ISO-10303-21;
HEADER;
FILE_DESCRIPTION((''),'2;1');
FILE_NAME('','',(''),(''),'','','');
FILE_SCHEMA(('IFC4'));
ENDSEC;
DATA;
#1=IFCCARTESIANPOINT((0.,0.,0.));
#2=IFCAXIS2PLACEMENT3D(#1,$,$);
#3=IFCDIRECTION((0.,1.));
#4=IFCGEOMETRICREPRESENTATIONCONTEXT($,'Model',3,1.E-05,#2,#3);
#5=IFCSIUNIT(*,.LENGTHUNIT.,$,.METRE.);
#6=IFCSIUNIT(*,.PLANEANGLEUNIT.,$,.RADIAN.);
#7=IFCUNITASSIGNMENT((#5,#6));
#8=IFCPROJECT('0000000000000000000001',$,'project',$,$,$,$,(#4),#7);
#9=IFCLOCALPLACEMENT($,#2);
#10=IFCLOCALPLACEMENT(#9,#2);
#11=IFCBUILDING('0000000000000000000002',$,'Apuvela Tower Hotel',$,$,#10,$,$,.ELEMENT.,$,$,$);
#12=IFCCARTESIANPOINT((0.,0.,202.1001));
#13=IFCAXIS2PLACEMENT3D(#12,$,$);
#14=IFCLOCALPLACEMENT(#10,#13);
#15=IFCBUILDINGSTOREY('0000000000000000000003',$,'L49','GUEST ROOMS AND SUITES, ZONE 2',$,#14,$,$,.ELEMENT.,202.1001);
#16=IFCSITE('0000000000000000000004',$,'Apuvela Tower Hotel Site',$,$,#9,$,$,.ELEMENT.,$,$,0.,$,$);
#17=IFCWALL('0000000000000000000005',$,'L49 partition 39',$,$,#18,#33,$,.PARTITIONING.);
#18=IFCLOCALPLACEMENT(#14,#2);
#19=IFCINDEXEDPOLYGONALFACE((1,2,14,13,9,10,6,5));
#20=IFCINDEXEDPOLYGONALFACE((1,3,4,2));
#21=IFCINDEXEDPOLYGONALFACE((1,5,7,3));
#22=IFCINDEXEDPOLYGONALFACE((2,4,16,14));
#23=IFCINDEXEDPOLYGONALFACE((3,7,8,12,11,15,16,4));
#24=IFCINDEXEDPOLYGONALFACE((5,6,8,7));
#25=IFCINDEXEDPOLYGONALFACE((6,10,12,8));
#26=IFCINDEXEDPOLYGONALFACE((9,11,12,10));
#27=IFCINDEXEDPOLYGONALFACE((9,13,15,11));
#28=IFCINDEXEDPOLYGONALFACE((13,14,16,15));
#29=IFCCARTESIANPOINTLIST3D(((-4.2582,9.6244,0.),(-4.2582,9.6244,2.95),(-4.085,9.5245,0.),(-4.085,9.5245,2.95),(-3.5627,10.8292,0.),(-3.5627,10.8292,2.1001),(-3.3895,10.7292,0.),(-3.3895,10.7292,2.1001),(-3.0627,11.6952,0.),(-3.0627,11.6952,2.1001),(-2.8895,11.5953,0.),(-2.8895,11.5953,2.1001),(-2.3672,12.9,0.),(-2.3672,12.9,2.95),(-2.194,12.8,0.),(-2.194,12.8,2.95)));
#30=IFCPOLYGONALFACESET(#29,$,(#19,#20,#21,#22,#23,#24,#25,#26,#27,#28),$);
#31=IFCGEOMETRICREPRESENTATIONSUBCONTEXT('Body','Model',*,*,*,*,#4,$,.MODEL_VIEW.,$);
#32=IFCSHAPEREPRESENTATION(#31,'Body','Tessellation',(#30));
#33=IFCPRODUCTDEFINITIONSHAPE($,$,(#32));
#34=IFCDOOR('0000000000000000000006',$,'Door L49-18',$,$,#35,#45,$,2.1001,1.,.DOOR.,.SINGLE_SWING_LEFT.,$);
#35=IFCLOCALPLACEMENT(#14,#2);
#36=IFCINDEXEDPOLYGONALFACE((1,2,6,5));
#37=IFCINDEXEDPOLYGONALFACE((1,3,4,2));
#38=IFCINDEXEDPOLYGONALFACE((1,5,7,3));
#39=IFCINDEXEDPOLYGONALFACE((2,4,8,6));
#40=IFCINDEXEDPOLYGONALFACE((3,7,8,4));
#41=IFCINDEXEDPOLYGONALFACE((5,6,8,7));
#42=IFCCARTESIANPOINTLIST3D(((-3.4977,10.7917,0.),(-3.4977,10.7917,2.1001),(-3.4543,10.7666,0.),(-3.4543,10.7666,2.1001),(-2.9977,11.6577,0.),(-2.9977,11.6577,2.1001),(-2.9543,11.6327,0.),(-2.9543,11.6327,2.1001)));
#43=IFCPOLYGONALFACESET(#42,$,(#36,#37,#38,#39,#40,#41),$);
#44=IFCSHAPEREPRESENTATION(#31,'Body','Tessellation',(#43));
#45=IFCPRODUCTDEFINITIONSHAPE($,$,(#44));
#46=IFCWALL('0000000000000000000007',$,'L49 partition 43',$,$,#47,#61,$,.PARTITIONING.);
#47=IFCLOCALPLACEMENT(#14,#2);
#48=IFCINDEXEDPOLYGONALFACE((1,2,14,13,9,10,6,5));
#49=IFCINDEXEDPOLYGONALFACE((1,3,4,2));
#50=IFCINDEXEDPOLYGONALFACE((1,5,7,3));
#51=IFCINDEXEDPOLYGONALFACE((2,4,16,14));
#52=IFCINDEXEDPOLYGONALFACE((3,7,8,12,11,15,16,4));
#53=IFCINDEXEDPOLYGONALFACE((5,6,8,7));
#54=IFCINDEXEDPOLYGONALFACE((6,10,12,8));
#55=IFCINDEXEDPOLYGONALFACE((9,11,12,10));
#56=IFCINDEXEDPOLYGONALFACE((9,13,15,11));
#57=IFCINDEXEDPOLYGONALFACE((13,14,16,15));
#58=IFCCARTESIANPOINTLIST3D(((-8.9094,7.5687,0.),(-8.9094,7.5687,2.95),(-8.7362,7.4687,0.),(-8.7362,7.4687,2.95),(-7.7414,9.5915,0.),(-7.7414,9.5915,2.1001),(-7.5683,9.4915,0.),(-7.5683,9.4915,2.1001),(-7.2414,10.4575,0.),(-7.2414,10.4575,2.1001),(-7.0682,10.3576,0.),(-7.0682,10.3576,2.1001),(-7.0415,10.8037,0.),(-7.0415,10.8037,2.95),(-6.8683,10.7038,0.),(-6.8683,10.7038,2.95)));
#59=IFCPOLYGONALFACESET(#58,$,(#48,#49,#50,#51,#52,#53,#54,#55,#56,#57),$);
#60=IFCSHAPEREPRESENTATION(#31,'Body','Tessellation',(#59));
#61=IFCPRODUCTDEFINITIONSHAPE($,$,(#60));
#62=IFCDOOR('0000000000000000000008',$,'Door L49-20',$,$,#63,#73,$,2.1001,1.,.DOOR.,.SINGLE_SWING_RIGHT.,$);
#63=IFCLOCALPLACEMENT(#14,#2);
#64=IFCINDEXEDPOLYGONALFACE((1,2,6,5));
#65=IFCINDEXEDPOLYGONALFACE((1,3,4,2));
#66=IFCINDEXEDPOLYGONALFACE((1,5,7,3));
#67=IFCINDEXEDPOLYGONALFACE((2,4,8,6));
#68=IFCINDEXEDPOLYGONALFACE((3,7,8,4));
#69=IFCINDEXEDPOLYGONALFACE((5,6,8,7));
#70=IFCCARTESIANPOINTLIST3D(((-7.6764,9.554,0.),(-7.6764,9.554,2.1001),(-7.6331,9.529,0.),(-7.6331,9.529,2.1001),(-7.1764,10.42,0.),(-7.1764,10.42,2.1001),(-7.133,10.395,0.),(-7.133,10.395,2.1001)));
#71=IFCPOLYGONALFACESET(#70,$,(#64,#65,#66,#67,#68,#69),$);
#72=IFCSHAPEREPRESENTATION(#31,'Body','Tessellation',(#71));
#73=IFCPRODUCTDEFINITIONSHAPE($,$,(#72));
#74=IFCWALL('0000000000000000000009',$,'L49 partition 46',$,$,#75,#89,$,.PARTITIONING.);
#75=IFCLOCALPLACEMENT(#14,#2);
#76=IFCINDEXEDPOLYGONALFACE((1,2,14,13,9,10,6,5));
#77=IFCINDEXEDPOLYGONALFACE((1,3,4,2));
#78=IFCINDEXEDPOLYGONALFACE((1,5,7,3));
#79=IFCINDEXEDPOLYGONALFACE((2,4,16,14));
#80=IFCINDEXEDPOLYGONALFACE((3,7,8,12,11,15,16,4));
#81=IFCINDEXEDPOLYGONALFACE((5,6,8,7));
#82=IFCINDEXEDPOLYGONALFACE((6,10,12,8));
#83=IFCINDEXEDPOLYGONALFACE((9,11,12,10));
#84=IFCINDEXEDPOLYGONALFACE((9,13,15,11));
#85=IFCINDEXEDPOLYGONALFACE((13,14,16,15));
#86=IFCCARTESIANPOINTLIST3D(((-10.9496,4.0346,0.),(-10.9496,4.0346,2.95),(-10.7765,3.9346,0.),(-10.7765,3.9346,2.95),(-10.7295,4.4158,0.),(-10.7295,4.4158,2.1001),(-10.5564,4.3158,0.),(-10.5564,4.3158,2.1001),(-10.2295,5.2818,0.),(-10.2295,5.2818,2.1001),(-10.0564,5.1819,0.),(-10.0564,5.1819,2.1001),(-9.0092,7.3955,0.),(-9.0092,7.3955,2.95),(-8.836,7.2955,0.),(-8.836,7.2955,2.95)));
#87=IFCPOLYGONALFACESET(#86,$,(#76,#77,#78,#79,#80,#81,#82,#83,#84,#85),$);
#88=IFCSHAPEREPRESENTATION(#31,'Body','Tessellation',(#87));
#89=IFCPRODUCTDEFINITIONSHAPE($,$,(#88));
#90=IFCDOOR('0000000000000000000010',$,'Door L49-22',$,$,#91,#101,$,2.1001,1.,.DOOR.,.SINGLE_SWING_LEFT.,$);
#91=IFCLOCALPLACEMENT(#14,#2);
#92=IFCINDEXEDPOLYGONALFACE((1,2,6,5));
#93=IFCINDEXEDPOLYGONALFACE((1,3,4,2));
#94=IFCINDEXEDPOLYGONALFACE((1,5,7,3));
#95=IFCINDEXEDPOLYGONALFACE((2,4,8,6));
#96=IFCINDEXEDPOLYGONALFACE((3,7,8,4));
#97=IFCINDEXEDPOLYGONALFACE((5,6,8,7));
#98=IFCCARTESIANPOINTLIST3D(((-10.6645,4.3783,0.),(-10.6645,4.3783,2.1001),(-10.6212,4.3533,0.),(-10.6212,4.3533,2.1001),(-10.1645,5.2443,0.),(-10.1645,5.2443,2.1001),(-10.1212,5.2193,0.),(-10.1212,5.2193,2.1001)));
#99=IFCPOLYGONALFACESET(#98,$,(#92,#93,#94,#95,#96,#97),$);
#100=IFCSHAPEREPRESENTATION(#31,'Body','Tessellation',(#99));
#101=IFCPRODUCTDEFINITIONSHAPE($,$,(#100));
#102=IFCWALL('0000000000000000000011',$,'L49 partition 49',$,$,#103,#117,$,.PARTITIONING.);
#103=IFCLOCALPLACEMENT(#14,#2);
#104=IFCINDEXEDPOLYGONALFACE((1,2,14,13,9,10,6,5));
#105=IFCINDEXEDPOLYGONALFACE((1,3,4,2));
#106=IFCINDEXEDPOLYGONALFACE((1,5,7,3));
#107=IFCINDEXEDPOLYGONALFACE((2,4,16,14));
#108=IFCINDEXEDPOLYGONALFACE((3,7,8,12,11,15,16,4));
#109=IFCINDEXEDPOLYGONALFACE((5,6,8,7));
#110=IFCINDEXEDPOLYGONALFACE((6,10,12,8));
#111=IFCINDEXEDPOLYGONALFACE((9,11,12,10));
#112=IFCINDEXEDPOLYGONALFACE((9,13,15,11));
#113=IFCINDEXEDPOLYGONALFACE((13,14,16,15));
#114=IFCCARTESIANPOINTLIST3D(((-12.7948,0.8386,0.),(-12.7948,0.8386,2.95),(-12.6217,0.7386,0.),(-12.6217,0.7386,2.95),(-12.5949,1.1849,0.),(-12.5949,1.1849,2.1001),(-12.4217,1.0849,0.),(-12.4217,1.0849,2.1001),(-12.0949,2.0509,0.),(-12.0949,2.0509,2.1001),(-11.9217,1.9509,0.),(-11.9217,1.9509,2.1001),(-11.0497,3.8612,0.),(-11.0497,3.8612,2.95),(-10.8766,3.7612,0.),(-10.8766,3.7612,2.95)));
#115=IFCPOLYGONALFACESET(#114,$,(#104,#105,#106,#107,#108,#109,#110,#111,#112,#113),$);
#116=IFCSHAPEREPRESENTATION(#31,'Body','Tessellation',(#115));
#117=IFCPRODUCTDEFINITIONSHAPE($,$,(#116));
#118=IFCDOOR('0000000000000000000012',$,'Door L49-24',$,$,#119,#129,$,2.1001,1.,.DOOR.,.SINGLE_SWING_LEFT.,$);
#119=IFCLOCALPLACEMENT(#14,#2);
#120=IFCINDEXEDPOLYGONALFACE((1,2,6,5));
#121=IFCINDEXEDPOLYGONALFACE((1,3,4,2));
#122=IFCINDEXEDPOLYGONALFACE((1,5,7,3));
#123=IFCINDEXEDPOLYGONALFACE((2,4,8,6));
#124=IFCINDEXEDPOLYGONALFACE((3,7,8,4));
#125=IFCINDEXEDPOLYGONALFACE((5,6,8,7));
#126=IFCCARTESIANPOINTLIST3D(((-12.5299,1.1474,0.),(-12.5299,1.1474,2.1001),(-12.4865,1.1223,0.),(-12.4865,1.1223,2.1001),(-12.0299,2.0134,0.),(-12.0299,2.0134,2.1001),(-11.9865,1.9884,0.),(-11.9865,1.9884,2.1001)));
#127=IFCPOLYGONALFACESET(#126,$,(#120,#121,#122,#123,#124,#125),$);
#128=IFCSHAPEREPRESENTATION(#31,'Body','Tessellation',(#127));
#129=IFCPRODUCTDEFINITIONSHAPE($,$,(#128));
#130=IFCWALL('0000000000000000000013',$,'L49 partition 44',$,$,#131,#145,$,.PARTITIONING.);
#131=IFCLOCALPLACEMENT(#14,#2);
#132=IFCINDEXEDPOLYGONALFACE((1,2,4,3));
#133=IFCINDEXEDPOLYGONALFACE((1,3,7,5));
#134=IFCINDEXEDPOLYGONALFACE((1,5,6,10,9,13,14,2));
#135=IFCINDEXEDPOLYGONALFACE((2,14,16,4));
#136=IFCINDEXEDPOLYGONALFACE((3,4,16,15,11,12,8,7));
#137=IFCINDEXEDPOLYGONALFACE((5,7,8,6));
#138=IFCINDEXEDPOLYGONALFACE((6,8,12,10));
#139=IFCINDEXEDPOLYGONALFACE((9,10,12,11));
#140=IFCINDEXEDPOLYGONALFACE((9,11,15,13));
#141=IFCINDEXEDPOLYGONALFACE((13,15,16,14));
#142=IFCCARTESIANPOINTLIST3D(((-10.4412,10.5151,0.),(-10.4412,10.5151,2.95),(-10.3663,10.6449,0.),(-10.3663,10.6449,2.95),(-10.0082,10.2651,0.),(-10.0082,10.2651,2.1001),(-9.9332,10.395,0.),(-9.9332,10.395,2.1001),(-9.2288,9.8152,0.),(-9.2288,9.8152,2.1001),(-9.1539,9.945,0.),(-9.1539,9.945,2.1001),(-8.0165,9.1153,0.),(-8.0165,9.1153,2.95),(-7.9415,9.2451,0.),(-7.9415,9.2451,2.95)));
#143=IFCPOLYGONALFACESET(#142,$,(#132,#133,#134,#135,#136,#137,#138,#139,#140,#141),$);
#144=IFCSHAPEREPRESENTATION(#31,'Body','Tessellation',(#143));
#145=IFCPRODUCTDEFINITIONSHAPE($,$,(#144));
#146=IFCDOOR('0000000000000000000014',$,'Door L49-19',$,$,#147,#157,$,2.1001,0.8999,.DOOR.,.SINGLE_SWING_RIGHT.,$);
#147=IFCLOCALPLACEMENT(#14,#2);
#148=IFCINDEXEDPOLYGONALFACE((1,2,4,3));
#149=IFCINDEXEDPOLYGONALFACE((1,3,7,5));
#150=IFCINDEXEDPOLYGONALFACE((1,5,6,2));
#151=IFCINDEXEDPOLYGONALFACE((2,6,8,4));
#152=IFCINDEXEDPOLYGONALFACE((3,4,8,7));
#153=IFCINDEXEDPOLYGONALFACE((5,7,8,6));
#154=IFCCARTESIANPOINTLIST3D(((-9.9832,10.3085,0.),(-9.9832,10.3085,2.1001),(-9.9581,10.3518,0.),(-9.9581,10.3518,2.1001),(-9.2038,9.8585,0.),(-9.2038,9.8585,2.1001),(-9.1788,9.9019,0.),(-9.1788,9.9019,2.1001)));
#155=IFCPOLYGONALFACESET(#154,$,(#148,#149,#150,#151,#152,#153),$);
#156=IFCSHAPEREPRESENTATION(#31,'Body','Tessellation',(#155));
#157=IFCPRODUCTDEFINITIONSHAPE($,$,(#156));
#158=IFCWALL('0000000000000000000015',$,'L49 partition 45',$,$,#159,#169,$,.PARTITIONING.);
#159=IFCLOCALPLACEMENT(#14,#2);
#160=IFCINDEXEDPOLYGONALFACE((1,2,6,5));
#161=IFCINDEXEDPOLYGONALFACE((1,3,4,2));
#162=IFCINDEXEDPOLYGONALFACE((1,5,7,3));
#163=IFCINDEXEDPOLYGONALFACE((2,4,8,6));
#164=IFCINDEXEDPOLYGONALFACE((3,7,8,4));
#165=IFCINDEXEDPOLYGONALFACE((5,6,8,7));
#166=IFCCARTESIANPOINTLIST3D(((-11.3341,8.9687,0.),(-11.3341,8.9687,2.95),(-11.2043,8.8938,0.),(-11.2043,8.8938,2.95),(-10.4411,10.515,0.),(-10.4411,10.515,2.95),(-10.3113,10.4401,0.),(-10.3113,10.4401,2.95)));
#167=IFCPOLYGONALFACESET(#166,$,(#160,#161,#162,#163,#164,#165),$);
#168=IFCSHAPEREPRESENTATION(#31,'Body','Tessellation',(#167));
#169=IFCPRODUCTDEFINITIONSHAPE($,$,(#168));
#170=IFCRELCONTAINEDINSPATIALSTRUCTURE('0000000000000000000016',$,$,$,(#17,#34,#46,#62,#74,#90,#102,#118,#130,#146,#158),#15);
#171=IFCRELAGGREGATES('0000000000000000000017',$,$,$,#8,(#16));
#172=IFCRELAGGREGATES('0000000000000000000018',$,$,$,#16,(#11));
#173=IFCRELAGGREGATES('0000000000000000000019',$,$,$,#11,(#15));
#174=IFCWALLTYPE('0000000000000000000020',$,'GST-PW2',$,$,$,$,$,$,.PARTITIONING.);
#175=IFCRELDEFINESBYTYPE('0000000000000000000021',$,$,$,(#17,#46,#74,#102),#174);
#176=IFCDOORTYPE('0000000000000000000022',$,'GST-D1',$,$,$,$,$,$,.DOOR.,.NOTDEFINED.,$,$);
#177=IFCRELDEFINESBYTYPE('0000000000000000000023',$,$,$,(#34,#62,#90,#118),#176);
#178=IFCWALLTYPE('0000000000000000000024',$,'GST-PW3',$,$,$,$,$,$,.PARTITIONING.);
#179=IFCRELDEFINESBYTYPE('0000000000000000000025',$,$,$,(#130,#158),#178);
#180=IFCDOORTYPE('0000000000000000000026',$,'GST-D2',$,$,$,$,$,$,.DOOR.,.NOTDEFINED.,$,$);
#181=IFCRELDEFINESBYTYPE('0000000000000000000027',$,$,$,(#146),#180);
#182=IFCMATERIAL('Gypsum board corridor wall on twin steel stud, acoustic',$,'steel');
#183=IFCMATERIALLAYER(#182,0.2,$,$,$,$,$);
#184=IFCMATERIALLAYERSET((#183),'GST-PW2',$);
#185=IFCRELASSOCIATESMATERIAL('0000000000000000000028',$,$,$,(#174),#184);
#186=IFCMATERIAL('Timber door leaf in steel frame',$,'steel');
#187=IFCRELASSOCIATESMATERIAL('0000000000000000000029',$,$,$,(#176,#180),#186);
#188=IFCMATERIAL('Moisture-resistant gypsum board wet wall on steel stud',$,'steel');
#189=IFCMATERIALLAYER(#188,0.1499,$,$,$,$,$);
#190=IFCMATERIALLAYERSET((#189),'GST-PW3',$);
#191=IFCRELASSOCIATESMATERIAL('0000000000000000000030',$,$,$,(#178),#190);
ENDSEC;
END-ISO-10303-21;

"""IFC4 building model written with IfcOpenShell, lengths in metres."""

from ifc_helpers import new_model, si_unit, direction, frame, frame_2d, origin, place, context, subcontext, project, spatial, rectangle, extrude, material, layer, layer_set, type_object, element, fill, save


model = new_model("IFC4")

# Units and contexts
model_context = context("Model", 3, precision=1e-05, world=origin(), true_north=direction((0.0, 1.0)))
body_context = subcontext(model_context, "Body", "Model", "MODEL_VIEW")
ifc_project = project(units=[si_unit("LENGTHUNIT", "METRE"), si_unit("PLANEANGLEUNIT", "RADIAN")], contexts=[model_context])

# Site, building, storey
site_placement = place(None, origin())
site = spatial("IfcSite", under=ifc_project, at=site_placement, Name="Apuvela Tower Hotel Site", CompositionType="ELEMENT", RefElevation=0.0)
building_placement = place(site_placement, origin())
building = spatial("IfcBuilding", under=site, at=building_placement, Name="Apuvela Tower Hotel", CompositionType="ELEMENT")
storey_placement = place(building_placement, frame((0.0, 0.0, 202.1001)))
storey = spatial("IfcBuildingStorey", under=building, at=storey_placement, Name="L49", Description="GUEST ROOMS AND SUITES, ZONE 2", CompositionType="ELEMENT", Elevation=202.1001)

# Walls, openings, doors
ifc_material_1 = material(Name="Gypsum board corridor wall on twin steel stud, acoustic", Category="steel")
ifc_layer_1 = layer(ifc_material_1, 0.2)
ifc_layer_set_1 = layer_set([ifc_layer_1], Name="GST-PW2")
wall_type_1 = type_object("IfcWallType", Name="GST-PW2", PredefinedType="PARTITIONING", material=ifc_layer_set_1)
wall_1_placement = place(storey_placement, frame((-4.1716, 9.5745, 0.0), z_axis=(0.0, 0.0, 1.0), x_axis=(0.499985, 0.866034, 0.0)))
wall_1 = element("IfcWall", 1, at=wall_1_placement, inside=storey, type_object=wall_type_1, Name="L49 partition 39", PredefinedType="PARTITIONING", context=body_context, shape_type="SweptSolid", body=[
    extrude(rectangle(XDim=3.7822, YDim=0.2, at=frame_2d((1.8911, 0.0))), origin(), (0.0, 0.0, 1.0), 2.95),
])
opening_1_placement = place(wall_1_placement, frame((1.3911, 0.0, 0.0)))
opening_1 = element("IfcOpeningElement", 2, at=opening_1_placement, cuts=wall_1, PredefinedType="OPENING", context=body_context, shape_type="SweptSolid", body=[
    extrude(rectangle(XDim=1.0, YDim=2.1001, at=frame_2d((0.5, 1.05))), frame((0.0, 0.1099, 0.0), z_axis=(0.0, -1.0, 0.0), x_axis=(1.0, 0.0, 0.0)), (0.0, 0.0, 1.0), 0.22),
])
ifc_material_2 = material(Name="Timber door leaf in steel frame", Category="steel")
door_type_1 = type_object("IfcDoorType", Name="GST-D1", OperationType="NOTDEFINED", PredefinedType="DOOR", material=ifc_material_2)
door_1_placement = place(opening_1_placement, origin())
door_1 = element("IfcDoor", 3, at=door_1_placement, inside=storey, type_object=door_type_1, Name="Door L49-18", OperationType="SINGLE_SWING_LEFT", OverallHeight=2.1001, OverallWidth=1.0, PredefinedType="DOOR", context=body_context, shape_type="SweptSolid", body=[
    extrude(rectangle(XDim=1.0, YDim=2.1001, at=frame_2d((0.5, 1.05))), frame((0.0, 0.0249, 0.0), z_axis=(0.0, -1.0, 0.0), x_axis=(1.0, 0.0, 0.0)), (0.0, 0.0, 1.0), 0.05),
])
fill(opening_1, door_1)
wall_2_placement = place(storey_placement, frame((-8.8228, 7.5188, 0.0), z_axis=(0.0, 0.0, 1.0), x_axis=(0.500026, 0.86601, 0.0)))
wall_2 = element("IfcWall", 4, at=wall_2_placement, inside=storey, type_object=wall_type_1, Name="L49 partition 43", PredefinedType="PARTITIONING", context=body_context, shape_type="SweptSolid", body=[
    extrude(rectangle(XDim=3.7356, YDim=0.2, at=frame_2d((1.8677, 0.0))), origin(), (0.0, 0.0, 1.0), 2.95),
])
opening_2_placement = place(wall_2_placement, frame((2.3357, 0.0, 0.0)))
opening_2 = element("IfcOpeningElement", 5, at=opening_2_placement, cuts=wall_2, PredefinedType="OPENING", context=body_context, shape_type="SweptSolid", body=[
    extrude(rectangle(XDim=1.0, YDim=2.1001, at=frame_2d((0.5, 1.05))), frame((0.0, 0.1099, 0.0), z_axis=(0.0, -1.0, 0.0), x_axis=(1.0, 0.0, 0.0)), (0.0, 0.0, 1.0), 0.22),
])
door_2_placement = place(opening_2_placement, origin())
door_2 = element("IfcDoor", 6, at=door_2_placement, inside=storey, type_object=door_type_1, Name="Door L49-20", OperationType="SINGLE_SWING_RIGHT", OverallHeight=2.1001, OverallWidth=1.0, PredefinedType="DOOR", context=body_context, shape_type="SweptSolid", body=[
    extrude(rectangle(XDim=1.0, YDim=2.1001, at=frame_2d((0.5, 1.05))), frame((0.0, 0.0249, 0.0), z_axis=(0.0, -1.0, 0.0), x_axis=(1.0, 0.0, 0.0)), (0.0, 0.0, 1.0), 0.05),
])
fill(opening_2, door_2)
wall_3_placement = place(storey_placement, frame((-10.863, 3.9846, 0.0), z_axis=(0.0, 0.0, 1.0), x_axis=(0.500009, 0.86602, 0.0)))
wall_3 = element("IfcWall", 7, at=wall_3_placement, inside=storey, type_object=wall_type_1, Name="L49 partition 46", PredefinedType="PARTITIONING", context=body_context, shape_type="SweptSolid", body=[
    extrude(rectangle(XDim=3.8809, YDim=0.2, at=frame_2d((1.9404, 0.0))), origin(), (0.0, 0.0, 1.0), 2.95),
])
opening_3_placement = place(wall_3_placement, frame((0.4402, 0.0, 0.0)))
opening_3 = element("IfcOpeningElement", 8, at=opening_3_placement, cuts=wall_3, PredefinedType="OPENING", context=body_context, shape_type="SweptSolid", body=[
    extrude(rectangle(XDim=1.0, YDim=2.1001, at=frame_2d((0.5, 1.05))), frame((0.0, 0.1099, 0.0), z_axis=(0.0, -1.0, 0.0), x_axis=(1.0, 0.0, 0.0)), (0.0, 0.0, 1.0), 0.22),
])
door_3_placement = place(opening_3_placement, origin())
door_3 = element("IfcDoor", 9, at=door_3_placement, inside=storey, type_object=door_type_1, Name="Door L49-22", OperationType="SINGLE_SWING_LEFT", OverallHeight=2.1001, OverallWidth=1.0, PredefinedType="DOOR", context=body_context, shape_type="SweptSolid", body=[
    extrude(rectangle(XDim=1.0, YDim=2.1001, at=frame_2d((0.5, 1.05))), frame((0.0, 0.0249, 0.0), z_axis=(0.0, -1.0, 0.0), x_axis=(1.0, 0.0, 0.0)), (0.0, 0.0, 1.0), 0.05),
])
fill(opening_3, door_3)
wall_4_placement = place(storey_placement, frame((-12.7083, 0.7886, 0.0), z_axis=(0.0, 0.0, 1.0), x_axis=(0.499991, 0.866031, 0.0)))
wall_4 = element("IfcWall", 10, at=wall_4_placement, inside=storey, type_object=wall_type_1, Name="L49 partition 49", PredefinedType="PARTITIONING", context=body_context, shape_type="SweptSolid", body=[
    extrude(rectangle(XDim=3.4902, YDim=0.2, at=frame_2d((1.7451, 0.0))), origin(), (0.0, 0.0, 1.0), 2.95),
])
opening_4_placement = place(wall_4_placement, frame((0.3999, 0.0, 0.0)))
opening_4 = element("IfcOpeningElement", 11, at=opening_4_placement, cuts=wall_4, PredefinedType="OPENING", context=body_context, shape_type="SweptSolid", body=[
    extrude(rectangle(XDim=1.0, YDim=2.1001, at=frame_2d((0.5, 1.05))), frame((0.0, 0.1099, 0.0), z_axis=(0.0, -1.0, 0.0), x_axis=(1.0, 0.0, 0.0)), (0.0, 0.0, 1.0), 0.22),
])
door_4_placement = place(opening_4_placement, origin())
door_4 = element("IfcDoor", 12, at=door_4_placement, inside=storey, type_object=door_type_1, Name="Door L49-24", OperationType="SINGLE_SWING_LEFT", OverallHeight=2.1001, OverallWidth=1.0, PredefinedType="DOOR", context=body_context, shape_type="SweptSolid", body=[
    extrude(rectangle(XDim=1.0, YDim=2.1001, at=frame_2d((0.5, 1.05))), frame((0.0, 0.0249, 0.0), z_axis=(0.0, -1.0, 0.0), x_axis=(1.0, 0.0, 0.0)), (0.0, 0.0, 1.0), 0.05),
])
fill(opening_4, door_4)
ifc_material_3 = material(Name="Moisture-resistant gypsum board wet wall on steel stud", Category="steel")
ifc_layer_2 = layer(ifc_material_3, 0.1499)
ifc_layer_set_2 = layer_set([ifc_layer_2], Name="GST-PW3")
wall_type_2 = type_object("IfcWallType", Name="GST-PW3", PredefinedType="PARTITIONING", material=ifc_layer_set_2)
wall_5_placement = place(storey_placement, frame((-7.979, 9.1802, 0.0), z_axis=(0.0, 0.0, 1.0), x_axis=(-0.866035, 0.499984, 0.0)))
wall_5 = element("IfcWall", 13, at=wall_5_placement, inside=storey, type_object=wall_type_2, Name="L49 partition 44", PredefinedType="PARTITIONING", context=body_context, shape_type="SweptSolid", body=[
    extrude(rectangle(XDim=2.7998, YDim=0.1499, at=frame_2d((1.3999, 0.0))), origin(), (0.0, 0.0, 1.0), 2.95),
])
opening_5_placement = place(wall_5_placement, frame((1.3999, 0.0, 0.0)))
opening_5 = element("IfcOpeningElement", 14, at=opening_5_placement, cuts=wall_5, PredefinedType="OPENING", context=body_context, shape_type="SweptSolid", body=[
    extrude(rectangle(XDim=0.8999, YDim=2.1001, at=frame_2d((0.45, 1.05))), frame((0.0, 0.085, 0.0), z_axis=(0.0, -1.0, 0.0), x_axis=(1.0, 0.0, 0.0)), (0.0, 0.0, 1.0), 0.1699),
])
door_type_2 = type_object("IfcDoorType", Name="GST-D2", OperationType="NOTDEFINED", PredefinedType="DOOR", material=ifc_material_2)
door_5_placement = place(opening_5_placement, origin())
door_5 = element("IfcDoor", 15, at=door_5_placement, inside=storey, type_object=door_type_2, Name="Door L49-19", OperationType="SINGLE_SWING_RIGHT", OverallHeight=2.1001, OverallWidth=0.8999, PredefinedType="DOOR", context=body_context, shape_type="SweptSolid", body=[
    extrude(rectangle(XDim=0.8999, YDim=2.1001, at=frame_2d((0.45, 1.05))), frame((0.0, 0.0249, 0.0), z_axis=(0.0, -1.0, 0.0), x_axis=(1.0, 0.0, 0.0)), (0.0, 0.0, 1.0), 0.05),
])
fill(opening_5, door_5)

# Wall
wall_6_placement = place(storey_placement, frame((-10.3762, 10.4775, 0.0), z_axis=(0.0, 0.0, 1.0), x_axis=(-0.500109, -0.865962, 0.0)))
element("IfcWall", 16, at=wall_6_placement, inside=storey, type_object=wall_type_2, Name="L49 partition 45", PredefinedType="PARTITIONING", context=body_context, shape_type="SweptSolid", body=[
    extrude(rectangle(XDim=1.7856, YDim=0.1499, at=frame_2d((0.8928, 0.0))), origin(), (0.0, 0.0, 1.0), 2.95),
])

save(model, "model.ifc")
